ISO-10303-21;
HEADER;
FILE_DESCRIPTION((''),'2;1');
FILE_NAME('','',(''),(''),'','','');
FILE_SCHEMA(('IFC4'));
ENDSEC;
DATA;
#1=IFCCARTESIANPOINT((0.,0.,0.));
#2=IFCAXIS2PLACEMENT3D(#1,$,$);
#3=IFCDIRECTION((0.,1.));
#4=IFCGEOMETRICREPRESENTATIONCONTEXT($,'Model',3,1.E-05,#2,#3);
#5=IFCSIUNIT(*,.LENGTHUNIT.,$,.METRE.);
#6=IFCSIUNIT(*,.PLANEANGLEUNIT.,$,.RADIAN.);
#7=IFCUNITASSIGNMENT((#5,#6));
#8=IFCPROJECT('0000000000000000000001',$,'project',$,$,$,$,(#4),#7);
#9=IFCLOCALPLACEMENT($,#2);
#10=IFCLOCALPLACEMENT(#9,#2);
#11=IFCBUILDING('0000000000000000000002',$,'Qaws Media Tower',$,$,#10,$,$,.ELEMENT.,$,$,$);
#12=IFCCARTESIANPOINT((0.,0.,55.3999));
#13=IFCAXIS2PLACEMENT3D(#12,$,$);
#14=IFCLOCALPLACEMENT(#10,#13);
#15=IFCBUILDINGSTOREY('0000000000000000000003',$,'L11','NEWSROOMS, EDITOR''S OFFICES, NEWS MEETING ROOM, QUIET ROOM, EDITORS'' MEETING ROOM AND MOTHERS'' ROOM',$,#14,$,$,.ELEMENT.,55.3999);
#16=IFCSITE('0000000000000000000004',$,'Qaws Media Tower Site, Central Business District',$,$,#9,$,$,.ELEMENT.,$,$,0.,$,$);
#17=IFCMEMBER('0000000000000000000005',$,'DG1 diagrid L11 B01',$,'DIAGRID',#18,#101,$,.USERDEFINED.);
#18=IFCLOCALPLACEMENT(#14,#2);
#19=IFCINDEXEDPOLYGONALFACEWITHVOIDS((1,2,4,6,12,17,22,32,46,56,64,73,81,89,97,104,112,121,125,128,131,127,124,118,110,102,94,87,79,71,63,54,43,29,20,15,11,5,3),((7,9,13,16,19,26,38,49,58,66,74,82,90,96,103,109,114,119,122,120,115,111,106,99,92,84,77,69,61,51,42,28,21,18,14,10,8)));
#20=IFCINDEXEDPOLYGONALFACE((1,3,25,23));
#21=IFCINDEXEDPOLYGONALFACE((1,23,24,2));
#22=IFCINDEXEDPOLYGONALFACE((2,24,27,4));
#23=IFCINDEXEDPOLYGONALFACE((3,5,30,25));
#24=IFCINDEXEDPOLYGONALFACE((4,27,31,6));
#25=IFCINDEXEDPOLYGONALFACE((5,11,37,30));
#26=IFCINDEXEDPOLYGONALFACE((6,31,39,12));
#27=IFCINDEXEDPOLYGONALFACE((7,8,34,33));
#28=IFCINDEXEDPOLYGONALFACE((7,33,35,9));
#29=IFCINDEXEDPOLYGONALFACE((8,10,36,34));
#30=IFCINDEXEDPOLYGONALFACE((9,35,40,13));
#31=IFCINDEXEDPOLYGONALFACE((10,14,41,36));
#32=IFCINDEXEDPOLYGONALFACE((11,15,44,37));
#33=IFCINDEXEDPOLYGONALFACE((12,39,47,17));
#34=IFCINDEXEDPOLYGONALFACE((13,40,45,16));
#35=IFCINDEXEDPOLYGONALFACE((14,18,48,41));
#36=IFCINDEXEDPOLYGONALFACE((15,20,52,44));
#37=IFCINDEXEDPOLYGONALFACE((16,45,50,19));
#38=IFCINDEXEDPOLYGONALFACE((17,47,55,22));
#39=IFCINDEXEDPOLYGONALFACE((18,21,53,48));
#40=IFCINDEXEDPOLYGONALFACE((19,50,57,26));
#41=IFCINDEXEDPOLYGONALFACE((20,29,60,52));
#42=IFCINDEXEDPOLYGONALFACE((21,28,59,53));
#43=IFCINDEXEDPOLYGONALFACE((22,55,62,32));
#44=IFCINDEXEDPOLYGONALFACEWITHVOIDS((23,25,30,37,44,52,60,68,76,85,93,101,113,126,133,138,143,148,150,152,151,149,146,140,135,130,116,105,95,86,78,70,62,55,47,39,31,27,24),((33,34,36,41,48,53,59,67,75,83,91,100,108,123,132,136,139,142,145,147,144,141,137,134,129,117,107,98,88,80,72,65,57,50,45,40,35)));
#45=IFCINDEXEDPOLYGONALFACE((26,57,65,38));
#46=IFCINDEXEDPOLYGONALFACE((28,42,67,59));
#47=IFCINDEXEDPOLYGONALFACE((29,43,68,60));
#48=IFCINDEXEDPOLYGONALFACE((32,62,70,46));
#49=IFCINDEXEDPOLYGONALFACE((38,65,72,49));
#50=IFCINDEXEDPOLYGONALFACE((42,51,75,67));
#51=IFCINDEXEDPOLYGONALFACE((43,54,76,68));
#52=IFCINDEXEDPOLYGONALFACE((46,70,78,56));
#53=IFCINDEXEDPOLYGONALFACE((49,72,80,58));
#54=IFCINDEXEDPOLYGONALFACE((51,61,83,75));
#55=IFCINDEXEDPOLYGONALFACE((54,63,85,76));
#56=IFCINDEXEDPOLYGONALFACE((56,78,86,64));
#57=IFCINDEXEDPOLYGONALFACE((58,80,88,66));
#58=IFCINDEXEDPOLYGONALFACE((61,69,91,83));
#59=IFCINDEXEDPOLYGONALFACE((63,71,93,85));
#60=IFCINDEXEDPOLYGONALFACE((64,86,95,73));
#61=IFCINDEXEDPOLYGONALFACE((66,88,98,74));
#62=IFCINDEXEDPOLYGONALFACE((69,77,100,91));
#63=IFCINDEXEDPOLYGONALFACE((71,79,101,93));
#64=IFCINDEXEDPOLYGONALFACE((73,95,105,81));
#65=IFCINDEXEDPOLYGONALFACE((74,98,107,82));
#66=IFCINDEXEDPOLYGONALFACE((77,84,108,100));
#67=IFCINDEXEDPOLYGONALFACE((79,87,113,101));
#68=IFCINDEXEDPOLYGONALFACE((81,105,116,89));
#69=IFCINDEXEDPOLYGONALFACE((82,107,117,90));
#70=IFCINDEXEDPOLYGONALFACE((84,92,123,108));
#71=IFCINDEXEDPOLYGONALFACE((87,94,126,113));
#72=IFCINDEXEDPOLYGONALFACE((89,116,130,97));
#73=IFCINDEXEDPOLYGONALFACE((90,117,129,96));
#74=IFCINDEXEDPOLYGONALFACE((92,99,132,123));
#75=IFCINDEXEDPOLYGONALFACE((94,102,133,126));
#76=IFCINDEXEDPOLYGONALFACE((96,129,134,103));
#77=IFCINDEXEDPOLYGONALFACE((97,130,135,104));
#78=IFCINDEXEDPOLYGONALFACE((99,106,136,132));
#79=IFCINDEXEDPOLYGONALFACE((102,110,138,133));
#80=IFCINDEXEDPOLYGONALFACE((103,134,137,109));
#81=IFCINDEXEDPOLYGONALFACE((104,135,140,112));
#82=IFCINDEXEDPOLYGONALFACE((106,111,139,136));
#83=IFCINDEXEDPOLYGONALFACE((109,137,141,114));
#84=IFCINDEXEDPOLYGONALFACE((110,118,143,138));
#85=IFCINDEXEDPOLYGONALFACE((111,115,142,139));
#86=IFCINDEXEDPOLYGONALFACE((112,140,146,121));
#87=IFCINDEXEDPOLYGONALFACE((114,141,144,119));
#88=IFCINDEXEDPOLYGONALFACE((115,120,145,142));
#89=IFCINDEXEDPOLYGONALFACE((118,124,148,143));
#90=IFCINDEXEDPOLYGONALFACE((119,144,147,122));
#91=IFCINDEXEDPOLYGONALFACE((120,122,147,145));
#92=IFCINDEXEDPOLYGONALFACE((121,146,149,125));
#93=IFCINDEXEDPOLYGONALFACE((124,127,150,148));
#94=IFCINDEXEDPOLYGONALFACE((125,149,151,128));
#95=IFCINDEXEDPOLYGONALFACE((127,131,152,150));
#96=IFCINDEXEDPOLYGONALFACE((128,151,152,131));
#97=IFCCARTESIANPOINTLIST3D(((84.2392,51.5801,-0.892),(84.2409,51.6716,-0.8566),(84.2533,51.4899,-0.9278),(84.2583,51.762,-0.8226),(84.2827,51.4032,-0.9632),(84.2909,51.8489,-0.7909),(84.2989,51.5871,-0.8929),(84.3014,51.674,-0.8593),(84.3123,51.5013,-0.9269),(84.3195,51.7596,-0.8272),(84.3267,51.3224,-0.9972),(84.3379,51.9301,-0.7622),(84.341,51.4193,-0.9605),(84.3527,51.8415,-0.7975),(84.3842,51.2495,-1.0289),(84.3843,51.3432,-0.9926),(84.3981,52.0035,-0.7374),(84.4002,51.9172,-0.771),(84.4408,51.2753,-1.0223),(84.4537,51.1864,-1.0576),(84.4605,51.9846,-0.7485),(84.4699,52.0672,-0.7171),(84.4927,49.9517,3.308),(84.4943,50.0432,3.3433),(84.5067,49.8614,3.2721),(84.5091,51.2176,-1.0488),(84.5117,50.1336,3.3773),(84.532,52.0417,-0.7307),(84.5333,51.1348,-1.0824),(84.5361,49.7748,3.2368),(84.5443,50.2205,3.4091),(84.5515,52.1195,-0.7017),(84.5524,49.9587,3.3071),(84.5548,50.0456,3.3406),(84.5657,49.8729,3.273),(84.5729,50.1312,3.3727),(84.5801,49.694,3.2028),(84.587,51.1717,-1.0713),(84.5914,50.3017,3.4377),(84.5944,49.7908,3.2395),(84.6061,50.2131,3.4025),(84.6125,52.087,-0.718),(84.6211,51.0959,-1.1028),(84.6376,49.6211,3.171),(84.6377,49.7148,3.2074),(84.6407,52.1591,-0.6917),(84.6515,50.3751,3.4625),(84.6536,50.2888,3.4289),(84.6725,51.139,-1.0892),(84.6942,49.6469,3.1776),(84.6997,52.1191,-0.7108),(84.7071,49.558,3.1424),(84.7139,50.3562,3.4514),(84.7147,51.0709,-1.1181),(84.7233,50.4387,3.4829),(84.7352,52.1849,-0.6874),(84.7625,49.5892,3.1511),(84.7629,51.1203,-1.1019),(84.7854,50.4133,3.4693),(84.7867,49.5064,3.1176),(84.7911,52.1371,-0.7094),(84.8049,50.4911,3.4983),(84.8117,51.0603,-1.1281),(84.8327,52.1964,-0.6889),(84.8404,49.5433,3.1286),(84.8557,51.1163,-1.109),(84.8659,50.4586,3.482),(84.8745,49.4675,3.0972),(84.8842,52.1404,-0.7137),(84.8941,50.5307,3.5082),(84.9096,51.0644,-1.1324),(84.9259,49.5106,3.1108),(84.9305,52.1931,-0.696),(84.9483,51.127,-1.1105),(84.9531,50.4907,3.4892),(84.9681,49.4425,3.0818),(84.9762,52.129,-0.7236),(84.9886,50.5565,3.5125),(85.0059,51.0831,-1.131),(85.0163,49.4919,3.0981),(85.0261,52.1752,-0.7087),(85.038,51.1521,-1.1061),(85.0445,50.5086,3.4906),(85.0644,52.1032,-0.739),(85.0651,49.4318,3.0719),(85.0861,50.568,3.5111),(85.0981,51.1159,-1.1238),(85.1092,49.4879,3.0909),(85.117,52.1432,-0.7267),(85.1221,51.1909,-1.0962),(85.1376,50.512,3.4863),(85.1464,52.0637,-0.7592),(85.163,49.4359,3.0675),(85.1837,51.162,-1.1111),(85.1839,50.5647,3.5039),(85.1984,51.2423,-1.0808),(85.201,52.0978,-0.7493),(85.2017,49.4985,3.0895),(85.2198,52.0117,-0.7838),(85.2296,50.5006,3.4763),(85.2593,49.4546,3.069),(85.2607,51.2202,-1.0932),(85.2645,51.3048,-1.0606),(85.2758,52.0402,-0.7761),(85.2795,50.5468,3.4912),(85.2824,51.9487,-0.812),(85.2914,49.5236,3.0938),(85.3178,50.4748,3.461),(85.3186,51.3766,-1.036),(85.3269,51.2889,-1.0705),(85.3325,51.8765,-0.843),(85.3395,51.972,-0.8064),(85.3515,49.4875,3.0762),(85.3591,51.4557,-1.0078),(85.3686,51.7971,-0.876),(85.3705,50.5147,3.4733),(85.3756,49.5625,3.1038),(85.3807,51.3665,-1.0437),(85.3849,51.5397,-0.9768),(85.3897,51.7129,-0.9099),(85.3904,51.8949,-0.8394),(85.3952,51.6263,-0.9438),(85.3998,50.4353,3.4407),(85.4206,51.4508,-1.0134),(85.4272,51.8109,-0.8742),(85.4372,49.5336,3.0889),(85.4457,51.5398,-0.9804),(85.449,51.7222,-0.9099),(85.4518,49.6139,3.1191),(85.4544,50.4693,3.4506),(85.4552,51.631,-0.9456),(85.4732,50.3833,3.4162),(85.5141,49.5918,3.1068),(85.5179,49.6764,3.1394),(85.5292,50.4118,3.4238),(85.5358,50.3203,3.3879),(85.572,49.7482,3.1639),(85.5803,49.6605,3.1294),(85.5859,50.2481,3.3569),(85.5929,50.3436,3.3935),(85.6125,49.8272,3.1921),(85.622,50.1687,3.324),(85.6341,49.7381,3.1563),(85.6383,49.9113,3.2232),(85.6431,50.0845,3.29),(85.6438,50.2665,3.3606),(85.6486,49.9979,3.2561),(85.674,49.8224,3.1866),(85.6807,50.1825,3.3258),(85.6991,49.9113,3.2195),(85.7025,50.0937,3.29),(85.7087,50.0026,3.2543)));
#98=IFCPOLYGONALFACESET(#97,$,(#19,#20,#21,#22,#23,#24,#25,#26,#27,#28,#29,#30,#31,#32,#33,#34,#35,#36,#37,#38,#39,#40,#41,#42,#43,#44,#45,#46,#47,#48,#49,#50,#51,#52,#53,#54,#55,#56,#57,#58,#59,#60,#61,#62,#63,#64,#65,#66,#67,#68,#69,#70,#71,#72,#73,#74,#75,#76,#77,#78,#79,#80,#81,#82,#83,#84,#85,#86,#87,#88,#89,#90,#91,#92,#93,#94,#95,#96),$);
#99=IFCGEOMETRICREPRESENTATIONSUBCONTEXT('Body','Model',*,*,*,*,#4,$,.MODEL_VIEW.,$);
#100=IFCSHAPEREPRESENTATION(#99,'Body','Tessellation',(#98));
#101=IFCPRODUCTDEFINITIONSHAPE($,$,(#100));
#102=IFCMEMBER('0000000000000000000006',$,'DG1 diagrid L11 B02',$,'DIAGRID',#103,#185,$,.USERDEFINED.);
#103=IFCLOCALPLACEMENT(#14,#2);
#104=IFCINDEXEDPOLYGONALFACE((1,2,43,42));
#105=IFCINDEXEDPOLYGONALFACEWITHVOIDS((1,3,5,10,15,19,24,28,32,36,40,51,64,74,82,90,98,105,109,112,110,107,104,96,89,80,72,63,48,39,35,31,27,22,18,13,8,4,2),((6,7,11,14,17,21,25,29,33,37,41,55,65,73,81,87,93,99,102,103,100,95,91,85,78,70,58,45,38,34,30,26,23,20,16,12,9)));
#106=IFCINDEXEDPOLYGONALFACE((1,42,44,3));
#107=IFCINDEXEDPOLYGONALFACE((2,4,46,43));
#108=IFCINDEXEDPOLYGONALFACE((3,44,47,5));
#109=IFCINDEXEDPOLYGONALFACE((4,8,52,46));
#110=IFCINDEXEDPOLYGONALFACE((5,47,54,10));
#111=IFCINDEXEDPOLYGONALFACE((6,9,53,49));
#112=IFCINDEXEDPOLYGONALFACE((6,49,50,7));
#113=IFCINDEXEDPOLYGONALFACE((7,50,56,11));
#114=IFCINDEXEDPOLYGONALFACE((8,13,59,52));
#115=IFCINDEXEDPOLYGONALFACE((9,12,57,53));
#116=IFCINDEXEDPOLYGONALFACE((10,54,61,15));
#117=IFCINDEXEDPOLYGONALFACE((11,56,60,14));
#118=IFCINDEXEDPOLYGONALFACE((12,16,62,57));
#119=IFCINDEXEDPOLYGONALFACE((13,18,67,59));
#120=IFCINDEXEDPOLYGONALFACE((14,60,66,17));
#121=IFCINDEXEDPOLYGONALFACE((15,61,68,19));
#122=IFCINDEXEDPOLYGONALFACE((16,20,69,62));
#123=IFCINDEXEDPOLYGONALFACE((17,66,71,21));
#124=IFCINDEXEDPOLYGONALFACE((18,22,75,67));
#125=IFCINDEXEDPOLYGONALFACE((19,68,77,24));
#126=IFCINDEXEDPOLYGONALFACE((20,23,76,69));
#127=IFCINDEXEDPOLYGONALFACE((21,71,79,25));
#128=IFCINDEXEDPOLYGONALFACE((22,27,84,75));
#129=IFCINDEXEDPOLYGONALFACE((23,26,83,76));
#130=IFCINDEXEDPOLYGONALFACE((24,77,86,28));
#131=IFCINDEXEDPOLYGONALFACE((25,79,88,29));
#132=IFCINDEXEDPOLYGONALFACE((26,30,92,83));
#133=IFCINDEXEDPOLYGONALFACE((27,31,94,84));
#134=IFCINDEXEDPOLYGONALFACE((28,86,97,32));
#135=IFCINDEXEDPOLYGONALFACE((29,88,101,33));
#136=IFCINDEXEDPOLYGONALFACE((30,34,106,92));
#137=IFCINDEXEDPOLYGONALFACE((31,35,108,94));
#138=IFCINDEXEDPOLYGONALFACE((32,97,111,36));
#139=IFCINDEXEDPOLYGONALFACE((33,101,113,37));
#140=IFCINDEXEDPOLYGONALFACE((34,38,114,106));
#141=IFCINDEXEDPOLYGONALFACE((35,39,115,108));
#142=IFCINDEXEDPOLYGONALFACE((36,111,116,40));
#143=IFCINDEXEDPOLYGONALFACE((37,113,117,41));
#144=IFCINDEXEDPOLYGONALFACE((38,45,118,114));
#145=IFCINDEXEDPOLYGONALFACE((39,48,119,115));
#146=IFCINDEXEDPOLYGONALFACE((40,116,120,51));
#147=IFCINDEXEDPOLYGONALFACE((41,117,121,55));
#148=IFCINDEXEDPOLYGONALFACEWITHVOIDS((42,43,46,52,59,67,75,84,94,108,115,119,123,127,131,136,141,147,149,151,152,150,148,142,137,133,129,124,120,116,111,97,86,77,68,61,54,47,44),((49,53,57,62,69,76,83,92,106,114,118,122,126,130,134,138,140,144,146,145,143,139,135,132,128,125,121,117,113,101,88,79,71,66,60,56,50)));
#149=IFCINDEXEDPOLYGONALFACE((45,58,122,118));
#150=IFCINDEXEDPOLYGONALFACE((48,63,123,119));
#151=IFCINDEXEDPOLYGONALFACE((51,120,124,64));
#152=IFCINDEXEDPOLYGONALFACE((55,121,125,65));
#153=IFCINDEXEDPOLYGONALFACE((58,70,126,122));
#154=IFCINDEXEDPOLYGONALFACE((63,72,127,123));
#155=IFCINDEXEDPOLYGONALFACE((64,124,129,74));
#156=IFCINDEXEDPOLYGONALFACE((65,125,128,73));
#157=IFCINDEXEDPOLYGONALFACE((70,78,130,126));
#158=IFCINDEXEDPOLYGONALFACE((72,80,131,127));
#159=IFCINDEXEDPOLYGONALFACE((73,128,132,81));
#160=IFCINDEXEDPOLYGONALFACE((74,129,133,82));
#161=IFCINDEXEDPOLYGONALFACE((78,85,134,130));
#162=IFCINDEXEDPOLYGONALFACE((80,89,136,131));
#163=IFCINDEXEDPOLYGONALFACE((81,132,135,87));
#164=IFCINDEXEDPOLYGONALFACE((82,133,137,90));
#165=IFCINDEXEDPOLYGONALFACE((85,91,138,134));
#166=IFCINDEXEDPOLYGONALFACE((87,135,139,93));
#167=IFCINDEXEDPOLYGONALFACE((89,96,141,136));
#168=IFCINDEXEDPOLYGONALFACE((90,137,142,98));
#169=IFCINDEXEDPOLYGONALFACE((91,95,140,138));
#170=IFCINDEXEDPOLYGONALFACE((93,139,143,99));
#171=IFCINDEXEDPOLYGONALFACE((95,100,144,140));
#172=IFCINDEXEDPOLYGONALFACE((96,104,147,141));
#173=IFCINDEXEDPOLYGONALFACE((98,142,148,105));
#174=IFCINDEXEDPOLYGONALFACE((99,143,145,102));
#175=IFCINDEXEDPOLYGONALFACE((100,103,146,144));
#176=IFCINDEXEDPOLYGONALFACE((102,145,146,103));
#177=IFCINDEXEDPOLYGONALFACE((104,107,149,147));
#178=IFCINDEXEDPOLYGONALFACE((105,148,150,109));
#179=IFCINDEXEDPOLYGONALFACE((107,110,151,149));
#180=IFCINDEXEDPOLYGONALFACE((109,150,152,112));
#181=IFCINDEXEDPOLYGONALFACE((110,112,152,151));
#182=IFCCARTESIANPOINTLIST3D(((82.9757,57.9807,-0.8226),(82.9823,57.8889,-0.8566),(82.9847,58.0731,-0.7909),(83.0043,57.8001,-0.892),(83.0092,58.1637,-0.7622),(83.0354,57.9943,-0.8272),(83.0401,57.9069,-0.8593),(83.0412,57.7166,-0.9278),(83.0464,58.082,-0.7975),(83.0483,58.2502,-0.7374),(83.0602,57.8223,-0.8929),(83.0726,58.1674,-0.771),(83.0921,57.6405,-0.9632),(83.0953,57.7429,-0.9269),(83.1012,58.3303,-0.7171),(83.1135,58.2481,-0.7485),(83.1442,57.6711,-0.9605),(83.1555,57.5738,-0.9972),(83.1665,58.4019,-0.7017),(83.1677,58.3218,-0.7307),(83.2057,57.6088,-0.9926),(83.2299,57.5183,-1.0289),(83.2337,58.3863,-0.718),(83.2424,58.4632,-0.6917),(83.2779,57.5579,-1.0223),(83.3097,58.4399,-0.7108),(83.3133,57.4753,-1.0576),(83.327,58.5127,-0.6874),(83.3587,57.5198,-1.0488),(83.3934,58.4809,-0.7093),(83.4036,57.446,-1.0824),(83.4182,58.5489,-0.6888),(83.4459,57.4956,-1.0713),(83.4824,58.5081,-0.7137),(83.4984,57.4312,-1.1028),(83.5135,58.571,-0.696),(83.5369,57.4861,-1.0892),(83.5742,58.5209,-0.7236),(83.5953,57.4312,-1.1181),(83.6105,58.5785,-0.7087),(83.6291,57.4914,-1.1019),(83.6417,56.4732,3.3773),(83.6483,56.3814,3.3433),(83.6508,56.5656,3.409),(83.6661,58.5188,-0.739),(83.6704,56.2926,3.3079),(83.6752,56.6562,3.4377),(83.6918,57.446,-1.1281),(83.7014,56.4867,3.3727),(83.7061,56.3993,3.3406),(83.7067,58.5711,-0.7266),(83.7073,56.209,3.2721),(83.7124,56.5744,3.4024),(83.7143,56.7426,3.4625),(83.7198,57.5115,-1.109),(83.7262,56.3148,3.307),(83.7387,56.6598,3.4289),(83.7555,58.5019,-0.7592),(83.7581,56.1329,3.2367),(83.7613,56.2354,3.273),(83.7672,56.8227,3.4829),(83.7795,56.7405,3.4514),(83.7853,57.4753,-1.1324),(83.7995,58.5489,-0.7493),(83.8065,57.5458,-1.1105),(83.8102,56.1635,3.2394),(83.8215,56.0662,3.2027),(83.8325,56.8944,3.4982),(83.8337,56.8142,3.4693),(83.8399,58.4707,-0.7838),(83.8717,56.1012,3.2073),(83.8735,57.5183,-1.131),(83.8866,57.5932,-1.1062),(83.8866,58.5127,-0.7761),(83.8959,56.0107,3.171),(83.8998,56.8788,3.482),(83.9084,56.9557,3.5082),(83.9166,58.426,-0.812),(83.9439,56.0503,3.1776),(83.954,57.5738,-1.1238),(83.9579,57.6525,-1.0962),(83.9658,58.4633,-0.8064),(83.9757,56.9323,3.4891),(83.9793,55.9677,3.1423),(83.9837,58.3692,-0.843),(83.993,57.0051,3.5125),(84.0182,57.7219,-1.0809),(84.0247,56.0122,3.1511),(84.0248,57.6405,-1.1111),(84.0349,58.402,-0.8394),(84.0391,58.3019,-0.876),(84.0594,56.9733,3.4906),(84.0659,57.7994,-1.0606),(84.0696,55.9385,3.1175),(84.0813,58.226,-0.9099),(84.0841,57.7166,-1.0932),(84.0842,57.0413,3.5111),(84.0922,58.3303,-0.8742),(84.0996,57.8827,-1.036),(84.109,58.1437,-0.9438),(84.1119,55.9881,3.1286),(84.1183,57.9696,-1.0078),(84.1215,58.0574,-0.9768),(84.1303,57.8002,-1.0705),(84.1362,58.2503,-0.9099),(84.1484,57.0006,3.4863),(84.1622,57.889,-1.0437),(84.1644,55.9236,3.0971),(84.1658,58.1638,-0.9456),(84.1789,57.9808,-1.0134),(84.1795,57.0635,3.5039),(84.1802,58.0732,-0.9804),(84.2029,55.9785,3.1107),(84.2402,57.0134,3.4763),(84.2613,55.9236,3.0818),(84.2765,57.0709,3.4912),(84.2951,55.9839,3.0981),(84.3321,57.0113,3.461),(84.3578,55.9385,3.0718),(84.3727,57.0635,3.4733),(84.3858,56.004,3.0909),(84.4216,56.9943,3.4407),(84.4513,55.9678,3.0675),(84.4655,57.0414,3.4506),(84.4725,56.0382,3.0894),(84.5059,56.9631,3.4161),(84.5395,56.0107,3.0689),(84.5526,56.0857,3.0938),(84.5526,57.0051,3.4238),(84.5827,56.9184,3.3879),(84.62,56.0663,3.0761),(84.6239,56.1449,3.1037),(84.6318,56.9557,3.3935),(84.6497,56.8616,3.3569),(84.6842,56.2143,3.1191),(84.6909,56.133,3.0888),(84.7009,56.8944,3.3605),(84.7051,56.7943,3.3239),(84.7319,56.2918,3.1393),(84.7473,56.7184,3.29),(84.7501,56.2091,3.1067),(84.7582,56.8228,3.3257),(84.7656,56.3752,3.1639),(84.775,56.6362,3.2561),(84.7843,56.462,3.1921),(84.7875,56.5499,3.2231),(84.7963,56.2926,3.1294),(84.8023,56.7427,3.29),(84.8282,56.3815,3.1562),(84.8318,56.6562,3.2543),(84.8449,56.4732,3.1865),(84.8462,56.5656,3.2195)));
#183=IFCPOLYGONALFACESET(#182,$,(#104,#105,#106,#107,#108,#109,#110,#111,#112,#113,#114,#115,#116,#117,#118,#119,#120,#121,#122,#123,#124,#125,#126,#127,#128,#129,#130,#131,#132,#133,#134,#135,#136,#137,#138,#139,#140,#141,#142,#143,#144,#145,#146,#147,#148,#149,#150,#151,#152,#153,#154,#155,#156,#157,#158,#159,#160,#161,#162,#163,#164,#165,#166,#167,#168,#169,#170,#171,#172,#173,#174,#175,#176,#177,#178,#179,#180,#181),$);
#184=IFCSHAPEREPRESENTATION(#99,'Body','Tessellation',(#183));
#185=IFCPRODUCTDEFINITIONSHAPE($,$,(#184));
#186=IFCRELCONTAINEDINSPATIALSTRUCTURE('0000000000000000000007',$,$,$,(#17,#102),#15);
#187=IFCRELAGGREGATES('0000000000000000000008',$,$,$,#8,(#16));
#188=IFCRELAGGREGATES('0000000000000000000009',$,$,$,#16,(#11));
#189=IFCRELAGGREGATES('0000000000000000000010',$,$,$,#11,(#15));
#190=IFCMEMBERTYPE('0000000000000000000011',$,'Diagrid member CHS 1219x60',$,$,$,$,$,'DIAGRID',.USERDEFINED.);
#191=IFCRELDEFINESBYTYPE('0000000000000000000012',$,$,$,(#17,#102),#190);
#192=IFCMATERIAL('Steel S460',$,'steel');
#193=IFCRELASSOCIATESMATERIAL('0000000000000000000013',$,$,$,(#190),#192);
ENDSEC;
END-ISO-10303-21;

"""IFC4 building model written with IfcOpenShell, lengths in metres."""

from ifc_helpers import new_model, si_unit, direction, frame, origin, origin_2d, place, context, subcontext, project, spatial, hollow_circle, extrude, material, material_profile, profile_set, type_object, element, save


model = new_model("IFC4")

# Units and contexts
model_context = context("Model", 3, precision=1e-05, world=origin(), true_north=direction((0.0, 1.0)))
body_context = subcontext(model_context, "Body", "Model", "MODEL_VIEW")
ifc_project = project(units=[si_unit("LENGTHUNIT", "METRE"), si_unit("PLANEANGLEUNIT", "RADIAN")], contexts=[model_context])

# Site, building, storey
site_placement = place(None, origin())
site = spatial("IfcSite", under=ifc_project, at=site_placement, Name="Qaws Media Tower Site, Central Business District", CompositionType="ELEMENT", RefElevation=0.0)
building_placement = place(site_placement, origin())
building = spatial("IfcBuilding", under=site, at=building_placement, Name="Qaws Media Tower", CompositionType="ELEMENT")
storey_placement = place(building_placement, frame((0.0, 0.0, 55.3999)))
storey = spatial("IfcBuildingStorey", under=building, at=storey_placement, Name="L11", Description="NEWSROOMS, EDITOR'S OFFICES, NEWS MEETING ROOM, QUIET ROOM, EDITORS' MEETING ROOM AND MOTHERS' ROOM", CompositionType="ELEMENT", Elevation=55.3999)

# Members
ifc_material_1 = material(Name="Steel S460", Category="steel")
ifc_material_profile_1 = material_profile(ifc_material_1, hollow_circle(Radius=0.6096, WallThickness=0.0601, at=origin_2d()), Name="CHS 1219x60")
ifc_profile_set_1 = profile_set([ifc_material_profile_1], Name="Steel S460")
member_type_1 = type_object("IfcMemberType", Name="Diagrid member CHS 1219x60", ElementType="DIAGRID", PredefinedType="USERDEFINED", material=ifc_profile_set_1)
for number, where, z_axis, x_axis, name in (
    (1, (84.8467, 51.6284, -0.9099), (0.056169, -0.360931, 0.930899), (0.988106, 0.153771, 0.0), "DG1 diagrid L11 B01"),
    (2, (83.5786, 58.0039, -0.9099), (0.147618, -0.334142, 0.930891), (0.914713, 0.404103, 0.0), "DG1 diagrid L11 B02"),
):
    element("IfcMember", number, at=place(storey_placement, frame(where, z_axis=z_axis, x_axis=x_axis)), inside=storey, type_object=member_type_1, Name=name, ObjectType="DIAGRID", PredefinedType="USERDEFINED", context=body_context, shape_type="SweptSolid", body=[
        extrude(hollow_circle(Radius=0.6096, WallThickness=0.0601, at=origin_2d()), origin(), (0.0, 0.0, 1.0), 4.5117),
    ])

save(model, "model.ifc")
